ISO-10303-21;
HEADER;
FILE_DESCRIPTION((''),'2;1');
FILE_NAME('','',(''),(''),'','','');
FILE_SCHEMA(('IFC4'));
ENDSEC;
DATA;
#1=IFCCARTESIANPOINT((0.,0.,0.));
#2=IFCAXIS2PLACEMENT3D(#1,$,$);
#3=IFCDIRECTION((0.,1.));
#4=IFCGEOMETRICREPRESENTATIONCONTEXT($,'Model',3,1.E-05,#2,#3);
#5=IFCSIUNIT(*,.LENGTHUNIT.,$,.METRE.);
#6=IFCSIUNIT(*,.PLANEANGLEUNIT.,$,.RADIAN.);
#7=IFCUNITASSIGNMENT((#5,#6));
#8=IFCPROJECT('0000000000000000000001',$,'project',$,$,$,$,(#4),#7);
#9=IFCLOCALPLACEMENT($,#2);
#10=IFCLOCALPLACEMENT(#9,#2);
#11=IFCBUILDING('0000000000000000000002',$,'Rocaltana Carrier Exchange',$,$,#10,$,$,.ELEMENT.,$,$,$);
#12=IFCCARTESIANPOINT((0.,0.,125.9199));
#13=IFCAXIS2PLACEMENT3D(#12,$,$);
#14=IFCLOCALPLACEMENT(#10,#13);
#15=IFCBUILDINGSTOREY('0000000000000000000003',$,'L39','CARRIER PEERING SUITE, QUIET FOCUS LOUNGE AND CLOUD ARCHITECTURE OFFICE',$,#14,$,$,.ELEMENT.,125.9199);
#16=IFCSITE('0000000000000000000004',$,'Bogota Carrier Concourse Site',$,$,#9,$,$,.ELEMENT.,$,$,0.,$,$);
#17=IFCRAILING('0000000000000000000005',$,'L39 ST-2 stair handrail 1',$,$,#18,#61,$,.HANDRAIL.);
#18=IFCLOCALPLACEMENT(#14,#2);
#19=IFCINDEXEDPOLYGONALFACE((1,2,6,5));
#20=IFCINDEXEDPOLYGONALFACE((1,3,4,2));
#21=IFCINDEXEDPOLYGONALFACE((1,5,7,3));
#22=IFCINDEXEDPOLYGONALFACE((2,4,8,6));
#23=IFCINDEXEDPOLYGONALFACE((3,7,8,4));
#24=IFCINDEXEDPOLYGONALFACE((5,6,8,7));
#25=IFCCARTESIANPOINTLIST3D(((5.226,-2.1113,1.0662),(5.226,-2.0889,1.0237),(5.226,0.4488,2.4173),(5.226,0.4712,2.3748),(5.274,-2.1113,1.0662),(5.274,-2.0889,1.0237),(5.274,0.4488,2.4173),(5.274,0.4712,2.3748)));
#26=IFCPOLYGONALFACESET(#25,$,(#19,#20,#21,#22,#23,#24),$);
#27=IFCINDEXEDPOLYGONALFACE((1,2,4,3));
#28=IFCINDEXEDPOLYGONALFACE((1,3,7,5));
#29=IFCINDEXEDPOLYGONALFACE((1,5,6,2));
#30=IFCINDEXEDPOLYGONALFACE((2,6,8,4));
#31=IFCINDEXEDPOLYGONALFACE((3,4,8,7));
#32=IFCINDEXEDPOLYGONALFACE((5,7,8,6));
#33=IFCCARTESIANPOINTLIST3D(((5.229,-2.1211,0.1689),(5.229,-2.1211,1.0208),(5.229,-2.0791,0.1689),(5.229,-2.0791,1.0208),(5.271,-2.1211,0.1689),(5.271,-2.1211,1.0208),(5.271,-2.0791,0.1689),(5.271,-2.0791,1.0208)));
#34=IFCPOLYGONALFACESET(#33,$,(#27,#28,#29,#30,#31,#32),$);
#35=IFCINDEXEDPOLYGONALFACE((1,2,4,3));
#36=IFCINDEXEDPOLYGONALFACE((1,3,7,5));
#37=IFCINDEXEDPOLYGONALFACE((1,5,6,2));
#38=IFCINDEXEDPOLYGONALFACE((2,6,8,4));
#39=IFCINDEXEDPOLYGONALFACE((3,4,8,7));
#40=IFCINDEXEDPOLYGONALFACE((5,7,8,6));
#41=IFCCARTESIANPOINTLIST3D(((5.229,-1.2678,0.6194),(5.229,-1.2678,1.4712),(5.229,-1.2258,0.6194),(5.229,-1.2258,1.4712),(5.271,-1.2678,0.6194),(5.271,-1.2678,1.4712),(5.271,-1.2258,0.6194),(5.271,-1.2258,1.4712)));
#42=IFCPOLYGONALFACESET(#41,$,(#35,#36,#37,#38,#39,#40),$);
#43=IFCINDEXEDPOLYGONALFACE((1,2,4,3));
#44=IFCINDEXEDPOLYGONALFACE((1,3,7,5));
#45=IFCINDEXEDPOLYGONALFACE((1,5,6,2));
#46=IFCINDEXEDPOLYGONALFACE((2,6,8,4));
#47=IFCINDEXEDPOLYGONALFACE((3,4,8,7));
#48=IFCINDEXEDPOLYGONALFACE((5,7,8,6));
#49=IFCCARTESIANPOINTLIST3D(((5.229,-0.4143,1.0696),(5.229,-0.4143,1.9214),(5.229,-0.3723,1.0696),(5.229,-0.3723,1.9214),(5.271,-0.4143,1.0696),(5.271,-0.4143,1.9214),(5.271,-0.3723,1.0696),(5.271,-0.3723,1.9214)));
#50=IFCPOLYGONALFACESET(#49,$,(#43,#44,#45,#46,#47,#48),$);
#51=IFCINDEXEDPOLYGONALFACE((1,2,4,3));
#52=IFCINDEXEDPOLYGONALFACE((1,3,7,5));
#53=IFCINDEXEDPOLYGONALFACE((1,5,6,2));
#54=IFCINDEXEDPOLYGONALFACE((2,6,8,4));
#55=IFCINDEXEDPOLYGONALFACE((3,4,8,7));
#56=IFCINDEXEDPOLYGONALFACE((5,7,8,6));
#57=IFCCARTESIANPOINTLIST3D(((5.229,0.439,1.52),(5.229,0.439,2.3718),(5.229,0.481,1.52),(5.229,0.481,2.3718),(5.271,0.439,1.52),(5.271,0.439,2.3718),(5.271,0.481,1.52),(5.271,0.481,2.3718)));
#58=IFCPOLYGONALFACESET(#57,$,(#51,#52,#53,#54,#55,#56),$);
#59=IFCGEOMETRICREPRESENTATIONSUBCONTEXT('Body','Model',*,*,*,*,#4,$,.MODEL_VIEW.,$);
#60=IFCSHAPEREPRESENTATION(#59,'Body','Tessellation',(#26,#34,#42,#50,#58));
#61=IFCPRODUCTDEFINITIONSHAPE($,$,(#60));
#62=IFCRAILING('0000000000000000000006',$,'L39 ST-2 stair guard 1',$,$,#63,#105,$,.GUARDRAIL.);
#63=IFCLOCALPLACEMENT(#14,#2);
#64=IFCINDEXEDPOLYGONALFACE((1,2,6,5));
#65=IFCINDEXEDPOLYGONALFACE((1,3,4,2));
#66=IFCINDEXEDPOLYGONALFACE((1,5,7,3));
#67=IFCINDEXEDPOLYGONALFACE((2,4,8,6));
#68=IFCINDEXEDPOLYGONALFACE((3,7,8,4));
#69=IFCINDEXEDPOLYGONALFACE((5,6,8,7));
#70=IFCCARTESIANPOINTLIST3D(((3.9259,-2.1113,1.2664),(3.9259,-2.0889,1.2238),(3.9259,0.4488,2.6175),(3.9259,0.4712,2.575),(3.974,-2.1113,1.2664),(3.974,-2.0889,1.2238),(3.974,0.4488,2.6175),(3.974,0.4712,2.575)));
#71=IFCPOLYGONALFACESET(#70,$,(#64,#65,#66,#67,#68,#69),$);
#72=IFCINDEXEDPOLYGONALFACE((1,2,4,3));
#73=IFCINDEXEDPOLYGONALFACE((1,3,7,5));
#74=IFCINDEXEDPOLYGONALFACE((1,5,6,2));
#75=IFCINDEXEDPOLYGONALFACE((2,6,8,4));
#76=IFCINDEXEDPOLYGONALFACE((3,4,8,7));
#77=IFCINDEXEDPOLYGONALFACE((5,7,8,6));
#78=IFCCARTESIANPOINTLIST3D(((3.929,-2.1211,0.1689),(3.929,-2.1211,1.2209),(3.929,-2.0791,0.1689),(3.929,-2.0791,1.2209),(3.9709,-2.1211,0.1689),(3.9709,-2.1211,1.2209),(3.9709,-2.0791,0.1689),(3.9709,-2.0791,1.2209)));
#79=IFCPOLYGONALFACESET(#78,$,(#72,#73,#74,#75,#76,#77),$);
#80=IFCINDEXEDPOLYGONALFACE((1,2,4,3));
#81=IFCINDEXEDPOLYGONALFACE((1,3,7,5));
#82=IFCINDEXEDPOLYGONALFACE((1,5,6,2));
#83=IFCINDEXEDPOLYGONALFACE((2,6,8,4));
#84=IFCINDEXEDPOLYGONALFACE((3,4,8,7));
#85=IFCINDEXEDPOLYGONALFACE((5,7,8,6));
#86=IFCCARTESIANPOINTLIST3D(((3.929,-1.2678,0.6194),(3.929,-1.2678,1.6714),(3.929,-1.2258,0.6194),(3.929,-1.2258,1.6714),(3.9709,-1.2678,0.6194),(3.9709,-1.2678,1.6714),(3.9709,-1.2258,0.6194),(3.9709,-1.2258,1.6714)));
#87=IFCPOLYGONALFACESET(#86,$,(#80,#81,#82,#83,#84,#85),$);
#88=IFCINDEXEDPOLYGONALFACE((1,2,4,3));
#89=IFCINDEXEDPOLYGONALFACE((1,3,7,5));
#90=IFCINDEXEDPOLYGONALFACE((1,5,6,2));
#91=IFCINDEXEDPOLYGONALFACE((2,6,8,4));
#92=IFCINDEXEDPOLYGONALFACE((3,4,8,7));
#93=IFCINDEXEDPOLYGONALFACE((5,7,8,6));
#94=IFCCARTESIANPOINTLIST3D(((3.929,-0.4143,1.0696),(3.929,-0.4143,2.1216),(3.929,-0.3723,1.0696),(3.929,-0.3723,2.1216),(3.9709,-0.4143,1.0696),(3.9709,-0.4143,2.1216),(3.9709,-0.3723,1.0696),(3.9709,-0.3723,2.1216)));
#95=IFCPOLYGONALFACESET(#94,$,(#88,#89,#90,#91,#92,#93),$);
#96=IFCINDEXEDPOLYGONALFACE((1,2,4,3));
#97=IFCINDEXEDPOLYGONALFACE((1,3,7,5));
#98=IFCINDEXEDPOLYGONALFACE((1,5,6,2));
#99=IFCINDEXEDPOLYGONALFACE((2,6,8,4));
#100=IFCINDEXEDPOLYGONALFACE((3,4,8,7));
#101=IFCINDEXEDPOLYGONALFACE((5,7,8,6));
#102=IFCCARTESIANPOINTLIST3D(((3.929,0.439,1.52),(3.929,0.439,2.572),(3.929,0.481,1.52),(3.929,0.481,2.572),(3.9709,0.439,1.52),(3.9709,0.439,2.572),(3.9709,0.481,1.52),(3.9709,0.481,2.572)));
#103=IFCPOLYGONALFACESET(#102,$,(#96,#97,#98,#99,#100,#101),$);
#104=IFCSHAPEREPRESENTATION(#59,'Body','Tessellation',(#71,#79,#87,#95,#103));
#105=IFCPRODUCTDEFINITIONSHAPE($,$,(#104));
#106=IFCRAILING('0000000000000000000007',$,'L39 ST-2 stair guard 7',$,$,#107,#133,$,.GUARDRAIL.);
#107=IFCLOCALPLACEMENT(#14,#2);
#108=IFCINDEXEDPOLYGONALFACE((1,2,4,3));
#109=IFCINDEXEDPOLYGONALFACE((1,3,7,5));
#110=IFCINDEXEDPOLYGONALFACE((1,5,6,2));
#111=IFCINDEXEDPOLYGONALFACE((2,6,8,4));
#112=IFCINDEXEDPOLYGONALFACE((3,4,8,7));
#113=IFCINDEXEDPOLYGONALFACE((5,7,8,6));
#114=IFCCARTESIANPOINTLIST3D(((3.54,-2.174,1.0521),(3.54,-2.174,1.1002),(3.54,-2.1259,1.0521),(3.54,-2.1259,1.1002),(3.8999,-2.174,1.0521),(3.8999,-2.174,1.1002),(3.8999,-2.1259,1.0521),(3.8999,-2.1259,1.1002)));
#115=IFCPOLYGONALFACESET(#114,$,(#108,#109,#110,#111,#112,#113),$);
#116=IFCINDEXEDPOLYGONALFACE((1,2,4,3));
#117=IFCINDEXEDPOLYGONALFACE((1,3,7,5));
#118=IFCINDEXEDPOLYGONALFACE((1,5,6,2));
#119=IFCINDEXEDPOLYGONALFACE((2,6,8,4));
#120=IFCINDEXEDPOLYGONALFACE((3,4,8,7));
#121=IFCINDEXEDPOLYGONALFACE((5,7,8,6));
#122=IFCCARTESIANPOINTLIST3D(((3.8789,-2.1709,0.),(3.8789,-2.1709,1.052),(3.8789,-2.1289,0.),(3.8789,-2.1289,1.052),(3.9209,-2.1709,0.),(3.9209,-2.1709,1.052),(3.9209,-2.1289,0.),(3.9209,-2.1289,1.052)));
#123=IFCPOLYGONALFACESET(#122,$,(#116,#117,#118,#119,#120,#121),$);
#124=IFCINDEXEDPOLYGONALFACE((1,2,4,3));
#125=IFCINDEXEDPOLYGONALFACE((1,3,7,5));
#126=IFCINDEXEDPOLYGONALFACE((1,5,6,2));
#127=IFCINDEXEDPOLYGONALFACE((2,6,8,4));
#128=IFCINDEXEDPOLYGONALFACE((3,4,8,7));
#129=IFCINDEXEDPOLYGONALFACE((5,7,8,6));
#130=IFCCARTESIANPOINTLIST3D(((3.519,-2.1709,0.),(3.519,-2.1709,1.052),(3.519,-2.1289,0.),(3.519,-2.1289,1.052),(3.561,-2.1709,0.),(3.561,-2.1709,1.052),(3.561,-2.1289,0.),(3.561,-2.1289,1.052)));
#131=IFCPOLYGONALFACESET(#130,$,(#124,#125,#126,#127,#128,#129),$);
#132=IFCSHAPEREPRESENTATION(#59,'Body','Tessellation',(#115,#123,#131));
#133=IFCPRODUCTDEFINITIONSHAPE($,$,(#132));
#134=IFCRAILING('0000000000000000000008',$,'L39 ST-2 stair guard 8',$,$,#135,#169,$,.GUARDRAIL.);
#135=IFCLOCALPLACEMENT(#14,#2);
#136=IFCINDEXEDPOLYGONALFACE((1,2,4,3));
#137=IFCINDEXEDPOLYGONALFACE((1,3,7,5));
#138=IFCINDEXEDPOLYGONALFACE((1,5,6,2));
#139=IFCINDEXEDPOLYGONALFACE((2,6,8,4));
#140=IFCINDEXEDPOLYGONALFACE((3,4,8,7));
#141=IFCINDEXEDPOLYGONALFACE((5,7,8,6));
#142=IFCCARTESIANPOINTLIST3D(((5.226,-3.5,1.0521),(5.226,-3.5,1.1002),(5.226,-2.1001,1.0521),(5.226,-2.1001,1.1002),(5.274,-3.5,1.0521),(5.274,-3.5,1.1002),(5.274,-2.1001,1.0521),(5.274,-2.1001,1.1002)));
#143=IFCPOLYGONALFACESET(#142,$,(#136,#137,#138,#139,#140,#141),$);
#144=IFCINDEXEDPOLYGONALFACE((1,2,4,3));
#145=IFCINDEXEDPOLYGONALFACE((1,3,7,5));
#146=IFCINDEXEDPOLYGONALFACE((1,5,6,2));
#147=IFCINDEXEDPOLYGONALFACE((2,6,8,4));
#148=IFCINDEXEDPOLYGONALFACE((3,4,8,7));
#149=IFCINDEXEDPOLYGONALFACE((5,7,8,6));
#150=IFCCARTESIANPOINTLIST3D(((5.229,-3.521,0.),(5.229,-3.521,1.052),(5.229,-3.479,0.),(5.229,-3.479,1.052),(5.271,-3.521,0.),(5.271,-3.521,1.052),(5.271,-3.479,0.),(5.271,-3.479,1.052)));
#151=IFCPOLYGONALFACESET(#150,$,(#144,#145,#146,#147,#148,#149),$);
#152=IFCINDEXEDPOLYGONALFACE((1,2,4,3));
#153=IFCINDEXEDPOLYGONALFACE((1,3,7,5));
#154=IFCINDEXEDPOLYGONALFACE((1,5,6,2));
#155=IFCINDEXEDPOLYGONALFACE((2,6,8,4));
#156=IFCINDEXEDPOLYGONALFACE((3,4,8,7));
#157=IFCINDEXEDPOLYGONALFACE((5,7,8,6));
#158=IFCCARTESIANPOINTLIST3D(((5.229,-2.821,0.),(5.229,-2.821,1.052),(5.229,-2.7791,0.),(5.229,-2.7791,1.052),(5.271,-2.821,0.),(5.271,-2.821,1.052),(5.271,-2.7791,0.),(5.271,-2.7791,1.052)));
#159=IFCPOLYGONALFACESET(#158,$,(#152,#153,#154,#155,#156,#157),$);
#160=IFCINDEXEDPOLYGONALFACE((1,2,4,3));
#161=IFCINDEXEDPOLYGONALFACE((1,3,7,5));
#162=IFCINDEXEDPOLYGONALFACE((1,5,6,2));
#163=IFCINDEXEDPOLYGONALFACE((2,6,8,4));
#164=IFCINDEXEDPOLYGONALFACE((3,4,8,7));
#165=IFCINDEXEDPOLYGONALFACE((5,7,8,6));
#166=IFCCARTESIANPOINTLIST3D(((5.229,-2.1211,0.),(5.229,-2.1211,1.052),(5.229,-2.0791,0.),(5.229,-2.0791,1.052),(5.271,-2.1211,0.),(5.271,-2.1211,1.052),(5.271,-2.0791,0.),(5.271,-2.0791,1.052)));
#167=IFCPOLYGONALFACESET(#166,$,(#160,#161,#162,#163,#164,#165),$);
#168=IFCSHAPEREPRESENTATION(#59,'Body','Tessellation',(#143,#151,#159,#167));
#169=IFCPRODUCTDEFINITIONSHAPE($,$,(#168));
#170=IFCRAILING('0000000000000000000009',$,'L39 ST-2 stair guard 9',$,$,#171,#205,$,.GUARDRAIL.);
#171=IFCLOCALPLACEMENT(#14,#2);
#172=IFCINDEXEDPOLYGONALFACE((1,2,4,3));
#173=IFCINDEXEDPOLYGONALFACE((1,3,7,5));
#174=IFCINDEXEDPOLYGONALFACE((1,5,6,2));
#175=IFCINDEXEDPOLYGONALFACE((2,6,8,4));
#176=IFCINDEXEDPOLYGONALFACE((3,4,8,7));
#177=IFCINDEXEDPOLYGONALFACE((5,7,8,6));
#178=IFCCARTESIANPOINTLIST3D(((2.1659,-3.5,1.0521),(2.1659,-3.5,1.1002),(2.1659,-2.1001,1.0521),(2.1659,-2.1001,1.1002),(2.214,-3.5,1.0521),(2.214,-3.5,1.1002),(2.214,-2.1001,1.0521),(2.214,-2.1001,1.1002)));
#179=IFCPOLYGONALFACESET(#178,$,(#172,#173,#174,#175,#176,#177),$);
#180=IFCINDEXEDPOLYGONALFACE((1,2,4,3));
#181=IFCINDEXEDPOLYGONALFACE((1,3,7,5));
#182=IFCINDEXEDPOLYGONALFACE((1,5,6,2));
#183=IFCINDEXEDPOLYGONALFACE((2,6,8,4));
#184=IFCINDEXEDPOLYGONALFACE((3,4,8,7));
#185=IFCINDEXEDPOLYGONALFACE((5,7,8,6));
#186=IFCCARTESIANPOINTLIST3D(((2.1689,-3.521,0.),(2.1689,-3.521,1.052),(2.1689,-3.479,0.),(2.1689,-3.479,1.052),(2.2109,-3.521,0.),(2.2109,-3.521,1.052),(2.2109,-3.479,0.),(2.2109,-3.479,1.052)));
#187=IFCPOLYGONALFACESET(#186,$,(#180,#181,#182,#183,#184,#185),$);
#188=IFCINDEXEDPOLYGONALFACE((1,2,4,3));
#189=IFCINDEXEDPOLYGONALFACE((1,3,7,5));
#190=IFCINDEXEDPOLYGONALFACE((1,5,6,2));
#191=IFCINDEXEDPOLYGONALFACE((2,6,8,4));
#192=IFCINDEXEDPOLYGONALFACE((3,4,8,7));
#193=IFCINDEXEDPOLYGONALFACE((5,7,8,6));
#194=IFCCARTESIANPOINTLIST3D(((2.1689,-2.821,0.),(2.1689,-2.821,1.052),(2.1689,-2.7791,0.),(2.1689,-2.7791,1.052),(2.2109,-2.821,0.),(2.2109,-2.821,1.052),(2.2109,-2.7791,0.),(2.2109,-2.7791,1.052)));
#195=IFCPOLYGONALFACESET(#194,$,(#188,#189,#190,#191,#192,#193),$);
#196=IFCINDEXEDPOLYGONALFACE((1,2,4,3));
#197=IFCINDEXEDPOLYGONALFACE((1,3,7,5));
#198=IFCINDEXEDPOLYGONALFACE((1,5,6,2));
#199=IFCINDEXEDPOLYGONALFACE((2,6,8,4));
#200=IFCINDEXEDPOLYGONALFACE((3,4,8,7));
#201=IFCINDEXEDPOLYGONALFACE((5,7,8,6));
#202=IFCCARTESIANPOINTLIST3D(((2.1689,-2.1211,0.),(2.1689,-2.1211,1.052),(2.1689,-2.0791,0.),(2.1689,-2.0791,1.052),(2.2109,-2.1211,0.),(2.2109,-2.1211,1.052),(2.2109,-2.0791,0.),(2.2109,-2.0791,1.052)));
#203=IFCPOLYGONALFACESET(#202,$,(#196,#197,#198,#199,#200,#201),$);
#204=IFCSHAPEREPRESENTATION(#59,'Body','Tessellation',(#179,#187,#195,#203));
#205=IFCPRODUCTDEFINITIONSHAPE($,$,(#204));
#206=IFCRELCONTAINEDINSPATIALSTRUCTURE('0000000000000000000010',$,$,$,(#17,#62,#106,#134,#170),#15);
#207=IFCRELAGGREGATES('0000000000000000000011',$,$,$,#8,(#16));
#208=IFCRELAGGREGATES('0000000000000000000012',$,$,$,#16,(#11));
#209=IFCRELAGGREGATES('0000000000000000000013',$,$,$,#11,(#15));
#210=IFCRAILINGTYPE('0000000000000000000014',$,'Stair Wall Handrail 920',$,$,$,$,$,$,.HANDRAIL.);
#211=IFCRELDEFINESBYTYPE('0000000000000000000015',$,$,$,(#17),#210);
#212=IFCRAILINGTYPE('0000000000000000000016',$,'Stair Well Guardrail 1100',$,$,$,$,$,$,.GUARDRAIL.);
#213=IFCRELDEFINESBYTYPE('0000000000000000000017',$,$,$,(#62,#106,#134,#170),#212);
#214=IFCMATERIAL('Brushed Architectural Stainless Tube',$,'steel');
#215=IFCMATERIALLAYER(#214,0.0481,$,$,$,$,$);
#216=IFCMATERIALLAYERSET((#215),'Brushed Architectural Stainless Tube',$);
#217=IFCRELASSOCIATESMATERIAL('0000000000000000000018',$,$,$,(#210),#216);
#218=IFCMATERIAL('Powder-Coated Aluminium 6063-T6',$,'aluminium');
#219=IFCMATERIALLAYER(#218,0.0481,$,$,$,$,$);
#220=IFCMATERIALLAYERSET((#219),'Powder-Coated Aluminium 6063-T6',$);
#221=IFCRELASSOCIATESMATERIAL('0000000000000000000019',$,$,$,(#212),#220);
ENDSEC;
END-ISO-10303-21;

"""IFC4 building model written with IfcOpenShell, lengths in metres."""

from ifc_helpers import new_model, si_unit, direction, frame, origin, origin_2d, place, context, subcontext, project, spatial, rectangle, extrude, material, layer, layer_set, type_object, element, save


model = new_model("IFC4")

# Units and contexts
model_context = context("Model", 3, precision=1e-05, world=origin(), true_north=direction((0.0, 1.0)))
body_context = subcontext(model_context, "Body", "Model", "MODEL_VIEW")
ifc_project = project(units=[si_unit("LENGTHUNIT", "METRE"), si_unit("PLANEANGLEUNIT", "RADIAN")], contexts=[model_context])

# Site, building, storey
site_placement = place(None, origin())
site = spatial("IfcSite", under=ifc_project, at=site_placement, Name="Bogota Carrier Concourse Site", CompositionType="ELEMENT", RefElevation=0.0)
building_placement = place(site_placement, origin())
building = spatial("IfcBuilding", under=site, at=building_placement, Name="Rocaltana Carrier Exchange", CompositionType="ELEMENT")
storey_placement = place(building_placement, frame((0.0, 0.0, 125.9199)))
storey = spatial("IfcBuildingStorey", under=building, at=storey_placement, Name="L39", Description="CARRIER PEERING SUITE, QUIET FOCUS LOUNGE AND CLOUD ARCHITECTURE OFFICE", CompositionType="ELEMENT", Elevation=125.9199)

# Railings
ifc_material_1 = material(Name="Brushed Architectural Stainless Tube", Category="steel")
ifc_layer_1 = layer(ifc_material_1, 0.0481)
ifc_layer_set_1 = layer_set([ifc_layer_1], Name="Brushed Architectural Stainless Tube")
railing_type_1 = type_object("IfcRailingType", Name="Stair Wall Handrail 920", PredefinedType="HANDRAIL", material=ifc_layer_set_1)
railing_1_placement = place(storey_placement, frame((5.25, -2.1001, 0.1689)))
element("IfcRailing", 1, at=railing_1_placement, inside=storey, type_object=railing_type_1, Name="L39 ST-2 stair handrail 1", PredefinedType="HANDRAIL", context=body_context, shape_type="SweptSolid", body=[
    extrude(rectangle(XDim=0.0481, YDim=0.0481, at=origin_2d()), frame((0.0, 0.0, 0.876), z_axis=(0.0, 0.884394, 0.46674), x_axis=(-1.0, 0.0, 0.0)), (0.0, 0.0, 1.0), 2.8948),
    extrude(rectangle(XDim=0.042, YDim=0.042, at=origin_2d()), origin(), (0.0, 0.0, 1.0), 0.8518),
    extrude(rectangle(XDim=0.042, YDim=0.042, at=origin_2d()), frame((0.0, 0.8533, 0.4504)), (0.0, 0.0, 1.0), 0.8518),
    extrude(rectangle(XDim=0.042, YDim=0.042, at=origin_2d()), frame((0.0, 1.7068, 0.9006)), (0.0, 0.0, 1.0), 0.8518),
    extrude(rectangle(XDim=0.042, YDim=0.042, at=origin_2d()), frame((0.0, 2.5601, 1.3511)), (0.0, 0.0, 1.0), 0.8518),
])
ifc_material_2 = material(Name="Powder-Coated Aluminium 6063-T6", Category="aluminium")
ifc_layer_2 = layer(ifc_material_2, 0.0481)
ifc_layer_set_2 = layer_set([ifc_layer_2], Name="Powder-Coated Aluminium 6063-T6")
railing_type_2 = type_object("IfcRailingType", Name="Stair Well Guardrail 1100", PredefinedType="GUARDRAIL", material=ifc_layer_set_2)
railing_2_placement = place(storey_placement, frame((3.95, -2.1001, 0.1689)))
element("IfcRailing", 2, at=railing_2_placement, inside=storey, type_object=railing_type_2, Name="L39 ST-2 stair guard 1", PredefinedType="GUARDRAIL", context=body_context, shape_type="SweptSolid", body=[
    extrude(rectangle(XDim=0.0481, YDim=0.0481, at=origin_2d()), frame((0.0, 0.0, 1.0762), z_axis=(0.0, 0.884394, 0.46674), x_axis=(-1.0, 0.0, 0.0)), (0.0, 0.0, 1.0), 2.8948),
    extrude(rectangle(XDim=0.042, YDim=0.042, at=origin_2d()), origin(), (0.0, 0.0, 1.0), 1.052),
    extrude(rectangle(XDim=0.042, YDim=0.042, at=origin_2d()), frame((0.0, 0.8533, 0.4504)), (0.0, 0.0, 1.0), 1.052),
    extrude(rectangle(XDim=0.042, YDim=0.042, at=origin_2d()), frame((0.0, 1.7068, 0.9006)), (0.0, 0.0, 1.0), 1.052),
    extrude(rectangle(XDim=0.042, YDim=0.042, at=origin_2d()), frame((0.0, 2.5601, 1.3511)), (0.0, 0.0, 1.0), 1.052),
])
railing_3_placement = place(storey_placement, frame((3.8999, -2.1499, 0.0)))
element("IfcRailing", 3, at=railing_3_placement, inside=storey, type_object=railing_type_2, Name="L39 ST-2 stair guard 7", PredefinedType="GUARDRAIL", context=body_context, shape_type="SweptSolid", body=[
    extrude(rectangle(XDim=0.0481, YDim=0.0481, at=origin_2d()), frame((0.0, 0.0, 1.0762), z_axis=(-1.0, 0.0, 0.0), x_axis=(0.0, -1.0, 0.0)), (0.0, 0.0, 1.0), 0.3599),
    extrude(rectangle(XDim=0.042, YDim=0.042, at=origin_2d()), origin(), (0.0, 0.0, 1.0), 1.052),
    extrude(rectangle(XDim=0.042, YDim=0.042, at=origin_2d()), frame((-0.3599, 0.0, 0.0)), (0.0, 0.0, 1.0), 1.052),
])
for number, where, name in (
    (4, (5.25, -3.5, 0.0), "L39 ST-2 stair guard 8"),
    (5, (2.1899, -3.5, 0.0), "L39 ST-2 stair guard 9"),
):
    element("IfcRailing", number, at=place(storey_placement, frame(where)), inside=storey, type_object=railing_type_2, Name=name, PredefinedType="GUARDRAIL", context=body_context, shape_type="SweptSolid", body=[
        extrude(rectangle(XDim=0.0481, YDim=0.0481, at=origin_2d()), frame((0.0, 0.0, 1.0762), z_axis=(0.0, 1.0, 0.0), x_axis=(-1.0, 0.0, 0.0)), (0.0, 0.0, 1.0), 1.3999),
        extrude(rectangle(XDim=0.042, YDim=0.042, at=origin_2d()), origin(), (0.0, 0.0, 1.0), 1.052),
        extrude(rectangle(XDim=0.042, YDim=0.042, at=origin_2d()), frame((0.0, 0.7, 0.0)), (0.0, 0.0, 1.0), 1.052),
        extrude(rectangle(XDim=0.042, YDim=0.042, at=origin_2d()), frame((0.0, 1.3999, 0.0)), (0.0, 0.0, 1.0), 1.052),
    ])

save(model, "model.ifc")
